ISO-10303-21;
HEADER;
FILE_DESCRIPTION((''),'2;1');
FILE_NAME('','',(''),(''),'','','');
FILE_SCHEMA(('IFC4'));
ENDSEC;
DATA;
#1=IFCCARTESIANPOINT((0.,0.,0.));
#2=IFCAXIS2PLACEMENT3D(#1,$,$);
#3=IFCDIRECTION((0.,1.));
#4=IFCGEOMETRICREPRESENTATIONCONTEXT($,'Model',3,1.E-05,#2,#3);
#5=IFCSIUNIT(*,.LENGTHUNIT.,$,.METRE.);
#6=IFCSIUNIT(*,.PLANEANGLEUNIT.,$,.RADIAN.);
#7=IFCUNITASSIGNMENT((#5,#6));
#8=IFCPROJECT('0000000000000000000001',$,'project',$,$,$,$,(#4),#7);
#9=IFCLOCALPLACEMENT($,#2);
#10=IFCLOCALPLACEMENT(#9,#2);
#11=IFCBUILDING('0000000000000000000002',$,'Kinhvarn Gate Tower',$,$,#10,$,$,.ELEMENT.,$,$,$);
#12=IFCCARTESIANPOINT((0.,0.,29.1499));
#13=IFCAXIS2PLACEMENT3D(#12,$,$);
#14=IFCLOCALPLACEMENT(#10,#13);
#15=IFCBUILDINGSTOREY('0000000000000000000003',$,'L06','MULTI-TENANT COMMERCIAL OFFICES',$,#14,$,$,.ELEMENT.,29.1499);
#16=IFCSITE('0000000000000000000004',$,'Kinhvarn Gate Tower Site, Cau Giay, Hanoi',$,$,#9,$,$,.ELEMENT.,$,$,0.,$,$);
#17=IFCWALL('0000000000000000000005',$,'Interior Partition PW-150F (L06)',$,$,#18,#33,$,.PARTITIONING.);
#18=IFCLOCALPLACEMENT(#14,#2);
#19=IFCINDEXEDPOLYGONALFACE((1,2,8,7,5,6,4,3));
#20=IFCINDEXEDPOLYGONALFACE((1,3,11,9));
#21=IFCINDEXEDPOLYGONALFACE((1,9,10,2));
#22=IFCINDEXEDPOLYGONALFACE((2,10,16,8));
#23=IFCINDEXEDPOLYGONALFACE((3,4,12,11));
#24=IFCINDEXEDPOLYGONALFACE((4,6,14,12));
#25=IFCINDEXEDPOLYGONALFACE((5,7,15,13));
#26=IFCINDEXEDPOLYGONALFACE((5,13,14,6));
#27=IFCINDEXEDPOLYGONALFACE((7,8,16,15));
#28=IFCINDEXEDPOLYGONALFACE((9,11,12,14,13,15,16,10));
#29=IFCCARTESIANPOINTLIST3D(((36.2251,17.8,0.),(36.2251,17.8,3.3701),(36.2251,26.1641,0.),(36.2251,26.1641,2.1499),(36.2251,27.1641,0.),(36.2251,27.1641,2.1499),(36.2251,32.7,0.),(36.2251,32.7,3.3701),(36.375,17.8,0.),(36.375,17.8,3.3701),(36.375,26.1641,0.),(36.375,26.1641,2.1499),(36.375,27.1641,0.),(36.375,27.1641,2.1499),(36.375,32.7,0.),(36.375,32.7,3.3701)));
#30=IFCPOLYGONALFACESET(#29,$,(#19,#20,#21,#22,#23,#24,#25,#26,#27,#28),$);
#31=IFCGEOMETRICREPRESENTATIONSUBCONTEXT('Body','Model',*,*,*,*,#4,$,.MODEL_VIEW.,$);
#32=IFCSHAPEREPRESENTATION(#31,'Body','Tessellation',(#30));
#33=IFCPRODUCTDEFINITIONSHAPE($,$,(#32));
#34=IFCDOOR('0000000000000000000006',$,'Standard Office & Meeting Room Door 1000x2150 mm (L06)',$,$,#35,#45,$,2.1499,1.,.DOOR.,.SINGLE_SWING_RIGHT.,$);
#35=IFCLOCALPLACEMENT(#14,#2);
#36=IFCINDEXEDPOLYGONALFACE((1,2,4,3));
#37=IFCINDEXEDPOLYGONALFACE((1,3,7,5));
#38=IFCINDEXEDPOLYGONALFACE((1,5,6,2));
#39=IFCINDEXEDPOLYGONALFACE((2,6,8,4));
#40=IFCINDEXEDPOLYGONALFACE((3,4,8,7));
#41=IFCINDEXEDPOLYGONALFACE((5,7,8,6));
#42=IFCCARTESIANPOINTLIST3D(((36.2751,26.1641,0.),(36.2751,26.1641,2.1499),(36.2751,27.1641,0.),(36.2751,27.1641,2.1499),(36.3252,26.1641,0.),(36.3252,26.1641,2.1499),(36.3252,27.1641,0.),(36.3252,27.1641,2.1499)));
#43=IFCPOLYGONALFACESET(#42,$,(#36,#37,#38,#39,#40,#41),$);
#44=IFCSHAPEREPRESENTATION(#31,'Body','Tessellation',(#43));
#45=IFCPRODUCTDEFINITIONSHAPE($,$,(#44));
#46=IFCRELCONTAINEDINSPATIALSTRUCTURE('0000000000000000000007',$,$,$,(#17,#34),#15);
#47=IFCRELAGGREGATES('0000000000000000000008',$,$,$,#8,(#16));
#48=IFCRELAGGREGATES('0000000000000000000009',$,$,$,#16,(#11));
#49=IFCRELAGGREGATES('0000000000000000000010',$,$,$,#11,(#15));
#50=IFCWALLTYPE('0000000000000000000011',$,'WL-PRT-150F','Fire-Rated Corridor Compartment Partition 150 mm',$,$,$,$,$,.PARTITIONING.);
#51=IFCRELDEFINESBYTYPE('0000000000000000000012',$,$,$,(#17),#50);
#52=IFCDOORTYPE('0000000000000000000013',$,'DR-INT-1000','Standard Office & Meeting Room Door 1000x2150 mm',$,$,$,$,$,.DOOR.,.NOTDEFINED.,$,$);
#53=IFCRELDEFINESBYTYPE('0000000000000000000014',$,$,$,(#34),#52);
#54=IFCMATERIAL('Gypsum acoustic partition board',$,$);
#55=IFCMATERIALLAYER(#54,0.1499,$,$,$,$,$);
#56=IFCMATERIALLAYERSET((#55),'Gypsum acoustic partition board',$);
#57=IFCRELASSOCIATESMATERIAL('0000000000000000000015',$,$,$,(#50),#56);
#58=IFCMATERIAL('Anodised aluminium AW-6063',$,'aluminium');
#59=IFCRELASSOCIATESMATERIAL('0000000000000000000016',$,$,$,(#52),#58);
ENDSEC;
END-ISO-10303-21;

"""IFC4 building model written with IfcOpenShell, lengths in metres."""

from ifc_helpers import new_model, si_unit, direction, frame, frame_2d, origin, place, context, subcontext, project, spatial, rectangle, extrude, material, layer, layer_set, type_object, element, fill, save


model = new_model("IFC4")

# Units and contexts
model_context = context("Model", 3, precision=1e-05, world=origin(), true_north=direction((0.0, 1.0)))
body_context = subcontext(model_context, "Body", "Model", "MODEL_VIEW")
ifc_project = project(units=[si_unit("LENGTHUNIT", "METRE"), si_unit("PLANEANGLEUNIT", "RADIAN")], contexts=[model_context])

# Site, building, storey
site_placement = place(None, origin())
site = spatial("IfcSite", under=ifc_project, at=site_placement, Name="Kinhvarn Gate Tower Site, Cau Giay, Hanoi", CompositionType="ELEMENT", RefElevation=0.0)
building_placement = place(site_placement, origin())
building = spatial("IfcBuilding", under=site, at=building_placement, Name="Kinhvarn Gate Tower", CompositionType="ELEMENT")
storey_placement = place(building_placement, frame((0.0, 0.0, 29.1499)))
storey = spatial("IfcBuildingStorey", under=building, at=storey_placement, Name="L06", Description="MULTI-TENANT COMMERCIAL OFFICES", CompositionType="ELEMENT", Elevation=29.1499)

# Shared definitions
ifc_material_1 = material(Name="Gypsum acoustic partition board")

# Shared definitions
ifc_material_2 = material(Name="Anodised aluminium AW-6063", Category="aluminium")

# Shared definitions
ifc_layer_1 = layer(ifc_material_1, 0.1499)
ifc_layer_set_1 = layer_set([ifc_layer_1], Name="Gypsum acoustic partition board")
wall_type_1 = type_object("IfcWallType", Name="WL-PRT-150F", Description="Fire-Rated Corridor Compartment Partition 150 mm", PredefinedType="PARTITIONING", material=ifc_layer_set_1)

# Shared definitions
door_type_1 = type_object("IfcDoorType", Name="DR-INT-1000", Description="Standard Office & Meeting Room Door 1000x2150 mm", OperationType="NOTDEFINED", PredefinedType="DOOR", material=ifc_material_2)

# Wall, opening, door
wall_1_placement = place(storey_placement, frame((36.3, 17.8, 0.0), z_axis=(0.0, 0.0, 1.0), x_axis=(0.0, 1.0, 0.0)))
wall_1 = element("IfcWall", 1, at=wall_1_placement, inside=storey, type_object=wall_type_1, Name="Interior Partition PW-150F (L06)", PredefinedType="PARTITIONING", context=body_context, shape_type="SweptSolid", body=[
    extrude(rectangle(XDim=14.8999, YDim=0.1499, at=frame_2d((7.45, 0.0))), origin(), (0.0, 0.0, 1.0), 3.3701),
])
opening_1_placement = place(wall_1_placement, frame((8.364, 0.0, 0.0)))
opening_1 = element("IfcOpeningElement", 2, at=opening_1_placement, cuts=wall_1, PredefinedType="OPENING", context=body_context, shape_type="SweptSolid", body=[
    extrude(rectangle(XDim=1.0, YDim=2.1499, at=frame_2d((0.5, 1.075))), frame((0.0, 0.085, 0.0), z_axis=(0.0, -1.0, 0.0), x_axis=(1.0, 0.0, 0.0)), (0.0, 0.0, 1.0), 0.1699),
])
door_1_placement = place(opening_1_placement, origin())
door_1 = element("IfcDoor", 3, at=door_1_placement, inside=storey, type_object=door_type_1, Name="Standard Office & Meeting Room Door 1000x2150 mm (L06)", OperationType="SINGLE_SWING_RIGHT", OverallHeight=2.1499, OverallWidth=1.0, PredefinedType="DOOR", context=body_context, shape_type="SweptSolid", body=[
    extrude(rectangle(XDim=1.0, YDim=2.1499, at=frame_2d((0.5, 1.075))), frame((0.0, 0.0249, 0.0), z_axis=(0.0, -1.0, 0.0), x_axis=(1.0, 0.0, 0.0)), (0.0, 0.0, 1.0), 0.05),
])
fill(opening_1, door_1)

save(model, "model.ifc")
